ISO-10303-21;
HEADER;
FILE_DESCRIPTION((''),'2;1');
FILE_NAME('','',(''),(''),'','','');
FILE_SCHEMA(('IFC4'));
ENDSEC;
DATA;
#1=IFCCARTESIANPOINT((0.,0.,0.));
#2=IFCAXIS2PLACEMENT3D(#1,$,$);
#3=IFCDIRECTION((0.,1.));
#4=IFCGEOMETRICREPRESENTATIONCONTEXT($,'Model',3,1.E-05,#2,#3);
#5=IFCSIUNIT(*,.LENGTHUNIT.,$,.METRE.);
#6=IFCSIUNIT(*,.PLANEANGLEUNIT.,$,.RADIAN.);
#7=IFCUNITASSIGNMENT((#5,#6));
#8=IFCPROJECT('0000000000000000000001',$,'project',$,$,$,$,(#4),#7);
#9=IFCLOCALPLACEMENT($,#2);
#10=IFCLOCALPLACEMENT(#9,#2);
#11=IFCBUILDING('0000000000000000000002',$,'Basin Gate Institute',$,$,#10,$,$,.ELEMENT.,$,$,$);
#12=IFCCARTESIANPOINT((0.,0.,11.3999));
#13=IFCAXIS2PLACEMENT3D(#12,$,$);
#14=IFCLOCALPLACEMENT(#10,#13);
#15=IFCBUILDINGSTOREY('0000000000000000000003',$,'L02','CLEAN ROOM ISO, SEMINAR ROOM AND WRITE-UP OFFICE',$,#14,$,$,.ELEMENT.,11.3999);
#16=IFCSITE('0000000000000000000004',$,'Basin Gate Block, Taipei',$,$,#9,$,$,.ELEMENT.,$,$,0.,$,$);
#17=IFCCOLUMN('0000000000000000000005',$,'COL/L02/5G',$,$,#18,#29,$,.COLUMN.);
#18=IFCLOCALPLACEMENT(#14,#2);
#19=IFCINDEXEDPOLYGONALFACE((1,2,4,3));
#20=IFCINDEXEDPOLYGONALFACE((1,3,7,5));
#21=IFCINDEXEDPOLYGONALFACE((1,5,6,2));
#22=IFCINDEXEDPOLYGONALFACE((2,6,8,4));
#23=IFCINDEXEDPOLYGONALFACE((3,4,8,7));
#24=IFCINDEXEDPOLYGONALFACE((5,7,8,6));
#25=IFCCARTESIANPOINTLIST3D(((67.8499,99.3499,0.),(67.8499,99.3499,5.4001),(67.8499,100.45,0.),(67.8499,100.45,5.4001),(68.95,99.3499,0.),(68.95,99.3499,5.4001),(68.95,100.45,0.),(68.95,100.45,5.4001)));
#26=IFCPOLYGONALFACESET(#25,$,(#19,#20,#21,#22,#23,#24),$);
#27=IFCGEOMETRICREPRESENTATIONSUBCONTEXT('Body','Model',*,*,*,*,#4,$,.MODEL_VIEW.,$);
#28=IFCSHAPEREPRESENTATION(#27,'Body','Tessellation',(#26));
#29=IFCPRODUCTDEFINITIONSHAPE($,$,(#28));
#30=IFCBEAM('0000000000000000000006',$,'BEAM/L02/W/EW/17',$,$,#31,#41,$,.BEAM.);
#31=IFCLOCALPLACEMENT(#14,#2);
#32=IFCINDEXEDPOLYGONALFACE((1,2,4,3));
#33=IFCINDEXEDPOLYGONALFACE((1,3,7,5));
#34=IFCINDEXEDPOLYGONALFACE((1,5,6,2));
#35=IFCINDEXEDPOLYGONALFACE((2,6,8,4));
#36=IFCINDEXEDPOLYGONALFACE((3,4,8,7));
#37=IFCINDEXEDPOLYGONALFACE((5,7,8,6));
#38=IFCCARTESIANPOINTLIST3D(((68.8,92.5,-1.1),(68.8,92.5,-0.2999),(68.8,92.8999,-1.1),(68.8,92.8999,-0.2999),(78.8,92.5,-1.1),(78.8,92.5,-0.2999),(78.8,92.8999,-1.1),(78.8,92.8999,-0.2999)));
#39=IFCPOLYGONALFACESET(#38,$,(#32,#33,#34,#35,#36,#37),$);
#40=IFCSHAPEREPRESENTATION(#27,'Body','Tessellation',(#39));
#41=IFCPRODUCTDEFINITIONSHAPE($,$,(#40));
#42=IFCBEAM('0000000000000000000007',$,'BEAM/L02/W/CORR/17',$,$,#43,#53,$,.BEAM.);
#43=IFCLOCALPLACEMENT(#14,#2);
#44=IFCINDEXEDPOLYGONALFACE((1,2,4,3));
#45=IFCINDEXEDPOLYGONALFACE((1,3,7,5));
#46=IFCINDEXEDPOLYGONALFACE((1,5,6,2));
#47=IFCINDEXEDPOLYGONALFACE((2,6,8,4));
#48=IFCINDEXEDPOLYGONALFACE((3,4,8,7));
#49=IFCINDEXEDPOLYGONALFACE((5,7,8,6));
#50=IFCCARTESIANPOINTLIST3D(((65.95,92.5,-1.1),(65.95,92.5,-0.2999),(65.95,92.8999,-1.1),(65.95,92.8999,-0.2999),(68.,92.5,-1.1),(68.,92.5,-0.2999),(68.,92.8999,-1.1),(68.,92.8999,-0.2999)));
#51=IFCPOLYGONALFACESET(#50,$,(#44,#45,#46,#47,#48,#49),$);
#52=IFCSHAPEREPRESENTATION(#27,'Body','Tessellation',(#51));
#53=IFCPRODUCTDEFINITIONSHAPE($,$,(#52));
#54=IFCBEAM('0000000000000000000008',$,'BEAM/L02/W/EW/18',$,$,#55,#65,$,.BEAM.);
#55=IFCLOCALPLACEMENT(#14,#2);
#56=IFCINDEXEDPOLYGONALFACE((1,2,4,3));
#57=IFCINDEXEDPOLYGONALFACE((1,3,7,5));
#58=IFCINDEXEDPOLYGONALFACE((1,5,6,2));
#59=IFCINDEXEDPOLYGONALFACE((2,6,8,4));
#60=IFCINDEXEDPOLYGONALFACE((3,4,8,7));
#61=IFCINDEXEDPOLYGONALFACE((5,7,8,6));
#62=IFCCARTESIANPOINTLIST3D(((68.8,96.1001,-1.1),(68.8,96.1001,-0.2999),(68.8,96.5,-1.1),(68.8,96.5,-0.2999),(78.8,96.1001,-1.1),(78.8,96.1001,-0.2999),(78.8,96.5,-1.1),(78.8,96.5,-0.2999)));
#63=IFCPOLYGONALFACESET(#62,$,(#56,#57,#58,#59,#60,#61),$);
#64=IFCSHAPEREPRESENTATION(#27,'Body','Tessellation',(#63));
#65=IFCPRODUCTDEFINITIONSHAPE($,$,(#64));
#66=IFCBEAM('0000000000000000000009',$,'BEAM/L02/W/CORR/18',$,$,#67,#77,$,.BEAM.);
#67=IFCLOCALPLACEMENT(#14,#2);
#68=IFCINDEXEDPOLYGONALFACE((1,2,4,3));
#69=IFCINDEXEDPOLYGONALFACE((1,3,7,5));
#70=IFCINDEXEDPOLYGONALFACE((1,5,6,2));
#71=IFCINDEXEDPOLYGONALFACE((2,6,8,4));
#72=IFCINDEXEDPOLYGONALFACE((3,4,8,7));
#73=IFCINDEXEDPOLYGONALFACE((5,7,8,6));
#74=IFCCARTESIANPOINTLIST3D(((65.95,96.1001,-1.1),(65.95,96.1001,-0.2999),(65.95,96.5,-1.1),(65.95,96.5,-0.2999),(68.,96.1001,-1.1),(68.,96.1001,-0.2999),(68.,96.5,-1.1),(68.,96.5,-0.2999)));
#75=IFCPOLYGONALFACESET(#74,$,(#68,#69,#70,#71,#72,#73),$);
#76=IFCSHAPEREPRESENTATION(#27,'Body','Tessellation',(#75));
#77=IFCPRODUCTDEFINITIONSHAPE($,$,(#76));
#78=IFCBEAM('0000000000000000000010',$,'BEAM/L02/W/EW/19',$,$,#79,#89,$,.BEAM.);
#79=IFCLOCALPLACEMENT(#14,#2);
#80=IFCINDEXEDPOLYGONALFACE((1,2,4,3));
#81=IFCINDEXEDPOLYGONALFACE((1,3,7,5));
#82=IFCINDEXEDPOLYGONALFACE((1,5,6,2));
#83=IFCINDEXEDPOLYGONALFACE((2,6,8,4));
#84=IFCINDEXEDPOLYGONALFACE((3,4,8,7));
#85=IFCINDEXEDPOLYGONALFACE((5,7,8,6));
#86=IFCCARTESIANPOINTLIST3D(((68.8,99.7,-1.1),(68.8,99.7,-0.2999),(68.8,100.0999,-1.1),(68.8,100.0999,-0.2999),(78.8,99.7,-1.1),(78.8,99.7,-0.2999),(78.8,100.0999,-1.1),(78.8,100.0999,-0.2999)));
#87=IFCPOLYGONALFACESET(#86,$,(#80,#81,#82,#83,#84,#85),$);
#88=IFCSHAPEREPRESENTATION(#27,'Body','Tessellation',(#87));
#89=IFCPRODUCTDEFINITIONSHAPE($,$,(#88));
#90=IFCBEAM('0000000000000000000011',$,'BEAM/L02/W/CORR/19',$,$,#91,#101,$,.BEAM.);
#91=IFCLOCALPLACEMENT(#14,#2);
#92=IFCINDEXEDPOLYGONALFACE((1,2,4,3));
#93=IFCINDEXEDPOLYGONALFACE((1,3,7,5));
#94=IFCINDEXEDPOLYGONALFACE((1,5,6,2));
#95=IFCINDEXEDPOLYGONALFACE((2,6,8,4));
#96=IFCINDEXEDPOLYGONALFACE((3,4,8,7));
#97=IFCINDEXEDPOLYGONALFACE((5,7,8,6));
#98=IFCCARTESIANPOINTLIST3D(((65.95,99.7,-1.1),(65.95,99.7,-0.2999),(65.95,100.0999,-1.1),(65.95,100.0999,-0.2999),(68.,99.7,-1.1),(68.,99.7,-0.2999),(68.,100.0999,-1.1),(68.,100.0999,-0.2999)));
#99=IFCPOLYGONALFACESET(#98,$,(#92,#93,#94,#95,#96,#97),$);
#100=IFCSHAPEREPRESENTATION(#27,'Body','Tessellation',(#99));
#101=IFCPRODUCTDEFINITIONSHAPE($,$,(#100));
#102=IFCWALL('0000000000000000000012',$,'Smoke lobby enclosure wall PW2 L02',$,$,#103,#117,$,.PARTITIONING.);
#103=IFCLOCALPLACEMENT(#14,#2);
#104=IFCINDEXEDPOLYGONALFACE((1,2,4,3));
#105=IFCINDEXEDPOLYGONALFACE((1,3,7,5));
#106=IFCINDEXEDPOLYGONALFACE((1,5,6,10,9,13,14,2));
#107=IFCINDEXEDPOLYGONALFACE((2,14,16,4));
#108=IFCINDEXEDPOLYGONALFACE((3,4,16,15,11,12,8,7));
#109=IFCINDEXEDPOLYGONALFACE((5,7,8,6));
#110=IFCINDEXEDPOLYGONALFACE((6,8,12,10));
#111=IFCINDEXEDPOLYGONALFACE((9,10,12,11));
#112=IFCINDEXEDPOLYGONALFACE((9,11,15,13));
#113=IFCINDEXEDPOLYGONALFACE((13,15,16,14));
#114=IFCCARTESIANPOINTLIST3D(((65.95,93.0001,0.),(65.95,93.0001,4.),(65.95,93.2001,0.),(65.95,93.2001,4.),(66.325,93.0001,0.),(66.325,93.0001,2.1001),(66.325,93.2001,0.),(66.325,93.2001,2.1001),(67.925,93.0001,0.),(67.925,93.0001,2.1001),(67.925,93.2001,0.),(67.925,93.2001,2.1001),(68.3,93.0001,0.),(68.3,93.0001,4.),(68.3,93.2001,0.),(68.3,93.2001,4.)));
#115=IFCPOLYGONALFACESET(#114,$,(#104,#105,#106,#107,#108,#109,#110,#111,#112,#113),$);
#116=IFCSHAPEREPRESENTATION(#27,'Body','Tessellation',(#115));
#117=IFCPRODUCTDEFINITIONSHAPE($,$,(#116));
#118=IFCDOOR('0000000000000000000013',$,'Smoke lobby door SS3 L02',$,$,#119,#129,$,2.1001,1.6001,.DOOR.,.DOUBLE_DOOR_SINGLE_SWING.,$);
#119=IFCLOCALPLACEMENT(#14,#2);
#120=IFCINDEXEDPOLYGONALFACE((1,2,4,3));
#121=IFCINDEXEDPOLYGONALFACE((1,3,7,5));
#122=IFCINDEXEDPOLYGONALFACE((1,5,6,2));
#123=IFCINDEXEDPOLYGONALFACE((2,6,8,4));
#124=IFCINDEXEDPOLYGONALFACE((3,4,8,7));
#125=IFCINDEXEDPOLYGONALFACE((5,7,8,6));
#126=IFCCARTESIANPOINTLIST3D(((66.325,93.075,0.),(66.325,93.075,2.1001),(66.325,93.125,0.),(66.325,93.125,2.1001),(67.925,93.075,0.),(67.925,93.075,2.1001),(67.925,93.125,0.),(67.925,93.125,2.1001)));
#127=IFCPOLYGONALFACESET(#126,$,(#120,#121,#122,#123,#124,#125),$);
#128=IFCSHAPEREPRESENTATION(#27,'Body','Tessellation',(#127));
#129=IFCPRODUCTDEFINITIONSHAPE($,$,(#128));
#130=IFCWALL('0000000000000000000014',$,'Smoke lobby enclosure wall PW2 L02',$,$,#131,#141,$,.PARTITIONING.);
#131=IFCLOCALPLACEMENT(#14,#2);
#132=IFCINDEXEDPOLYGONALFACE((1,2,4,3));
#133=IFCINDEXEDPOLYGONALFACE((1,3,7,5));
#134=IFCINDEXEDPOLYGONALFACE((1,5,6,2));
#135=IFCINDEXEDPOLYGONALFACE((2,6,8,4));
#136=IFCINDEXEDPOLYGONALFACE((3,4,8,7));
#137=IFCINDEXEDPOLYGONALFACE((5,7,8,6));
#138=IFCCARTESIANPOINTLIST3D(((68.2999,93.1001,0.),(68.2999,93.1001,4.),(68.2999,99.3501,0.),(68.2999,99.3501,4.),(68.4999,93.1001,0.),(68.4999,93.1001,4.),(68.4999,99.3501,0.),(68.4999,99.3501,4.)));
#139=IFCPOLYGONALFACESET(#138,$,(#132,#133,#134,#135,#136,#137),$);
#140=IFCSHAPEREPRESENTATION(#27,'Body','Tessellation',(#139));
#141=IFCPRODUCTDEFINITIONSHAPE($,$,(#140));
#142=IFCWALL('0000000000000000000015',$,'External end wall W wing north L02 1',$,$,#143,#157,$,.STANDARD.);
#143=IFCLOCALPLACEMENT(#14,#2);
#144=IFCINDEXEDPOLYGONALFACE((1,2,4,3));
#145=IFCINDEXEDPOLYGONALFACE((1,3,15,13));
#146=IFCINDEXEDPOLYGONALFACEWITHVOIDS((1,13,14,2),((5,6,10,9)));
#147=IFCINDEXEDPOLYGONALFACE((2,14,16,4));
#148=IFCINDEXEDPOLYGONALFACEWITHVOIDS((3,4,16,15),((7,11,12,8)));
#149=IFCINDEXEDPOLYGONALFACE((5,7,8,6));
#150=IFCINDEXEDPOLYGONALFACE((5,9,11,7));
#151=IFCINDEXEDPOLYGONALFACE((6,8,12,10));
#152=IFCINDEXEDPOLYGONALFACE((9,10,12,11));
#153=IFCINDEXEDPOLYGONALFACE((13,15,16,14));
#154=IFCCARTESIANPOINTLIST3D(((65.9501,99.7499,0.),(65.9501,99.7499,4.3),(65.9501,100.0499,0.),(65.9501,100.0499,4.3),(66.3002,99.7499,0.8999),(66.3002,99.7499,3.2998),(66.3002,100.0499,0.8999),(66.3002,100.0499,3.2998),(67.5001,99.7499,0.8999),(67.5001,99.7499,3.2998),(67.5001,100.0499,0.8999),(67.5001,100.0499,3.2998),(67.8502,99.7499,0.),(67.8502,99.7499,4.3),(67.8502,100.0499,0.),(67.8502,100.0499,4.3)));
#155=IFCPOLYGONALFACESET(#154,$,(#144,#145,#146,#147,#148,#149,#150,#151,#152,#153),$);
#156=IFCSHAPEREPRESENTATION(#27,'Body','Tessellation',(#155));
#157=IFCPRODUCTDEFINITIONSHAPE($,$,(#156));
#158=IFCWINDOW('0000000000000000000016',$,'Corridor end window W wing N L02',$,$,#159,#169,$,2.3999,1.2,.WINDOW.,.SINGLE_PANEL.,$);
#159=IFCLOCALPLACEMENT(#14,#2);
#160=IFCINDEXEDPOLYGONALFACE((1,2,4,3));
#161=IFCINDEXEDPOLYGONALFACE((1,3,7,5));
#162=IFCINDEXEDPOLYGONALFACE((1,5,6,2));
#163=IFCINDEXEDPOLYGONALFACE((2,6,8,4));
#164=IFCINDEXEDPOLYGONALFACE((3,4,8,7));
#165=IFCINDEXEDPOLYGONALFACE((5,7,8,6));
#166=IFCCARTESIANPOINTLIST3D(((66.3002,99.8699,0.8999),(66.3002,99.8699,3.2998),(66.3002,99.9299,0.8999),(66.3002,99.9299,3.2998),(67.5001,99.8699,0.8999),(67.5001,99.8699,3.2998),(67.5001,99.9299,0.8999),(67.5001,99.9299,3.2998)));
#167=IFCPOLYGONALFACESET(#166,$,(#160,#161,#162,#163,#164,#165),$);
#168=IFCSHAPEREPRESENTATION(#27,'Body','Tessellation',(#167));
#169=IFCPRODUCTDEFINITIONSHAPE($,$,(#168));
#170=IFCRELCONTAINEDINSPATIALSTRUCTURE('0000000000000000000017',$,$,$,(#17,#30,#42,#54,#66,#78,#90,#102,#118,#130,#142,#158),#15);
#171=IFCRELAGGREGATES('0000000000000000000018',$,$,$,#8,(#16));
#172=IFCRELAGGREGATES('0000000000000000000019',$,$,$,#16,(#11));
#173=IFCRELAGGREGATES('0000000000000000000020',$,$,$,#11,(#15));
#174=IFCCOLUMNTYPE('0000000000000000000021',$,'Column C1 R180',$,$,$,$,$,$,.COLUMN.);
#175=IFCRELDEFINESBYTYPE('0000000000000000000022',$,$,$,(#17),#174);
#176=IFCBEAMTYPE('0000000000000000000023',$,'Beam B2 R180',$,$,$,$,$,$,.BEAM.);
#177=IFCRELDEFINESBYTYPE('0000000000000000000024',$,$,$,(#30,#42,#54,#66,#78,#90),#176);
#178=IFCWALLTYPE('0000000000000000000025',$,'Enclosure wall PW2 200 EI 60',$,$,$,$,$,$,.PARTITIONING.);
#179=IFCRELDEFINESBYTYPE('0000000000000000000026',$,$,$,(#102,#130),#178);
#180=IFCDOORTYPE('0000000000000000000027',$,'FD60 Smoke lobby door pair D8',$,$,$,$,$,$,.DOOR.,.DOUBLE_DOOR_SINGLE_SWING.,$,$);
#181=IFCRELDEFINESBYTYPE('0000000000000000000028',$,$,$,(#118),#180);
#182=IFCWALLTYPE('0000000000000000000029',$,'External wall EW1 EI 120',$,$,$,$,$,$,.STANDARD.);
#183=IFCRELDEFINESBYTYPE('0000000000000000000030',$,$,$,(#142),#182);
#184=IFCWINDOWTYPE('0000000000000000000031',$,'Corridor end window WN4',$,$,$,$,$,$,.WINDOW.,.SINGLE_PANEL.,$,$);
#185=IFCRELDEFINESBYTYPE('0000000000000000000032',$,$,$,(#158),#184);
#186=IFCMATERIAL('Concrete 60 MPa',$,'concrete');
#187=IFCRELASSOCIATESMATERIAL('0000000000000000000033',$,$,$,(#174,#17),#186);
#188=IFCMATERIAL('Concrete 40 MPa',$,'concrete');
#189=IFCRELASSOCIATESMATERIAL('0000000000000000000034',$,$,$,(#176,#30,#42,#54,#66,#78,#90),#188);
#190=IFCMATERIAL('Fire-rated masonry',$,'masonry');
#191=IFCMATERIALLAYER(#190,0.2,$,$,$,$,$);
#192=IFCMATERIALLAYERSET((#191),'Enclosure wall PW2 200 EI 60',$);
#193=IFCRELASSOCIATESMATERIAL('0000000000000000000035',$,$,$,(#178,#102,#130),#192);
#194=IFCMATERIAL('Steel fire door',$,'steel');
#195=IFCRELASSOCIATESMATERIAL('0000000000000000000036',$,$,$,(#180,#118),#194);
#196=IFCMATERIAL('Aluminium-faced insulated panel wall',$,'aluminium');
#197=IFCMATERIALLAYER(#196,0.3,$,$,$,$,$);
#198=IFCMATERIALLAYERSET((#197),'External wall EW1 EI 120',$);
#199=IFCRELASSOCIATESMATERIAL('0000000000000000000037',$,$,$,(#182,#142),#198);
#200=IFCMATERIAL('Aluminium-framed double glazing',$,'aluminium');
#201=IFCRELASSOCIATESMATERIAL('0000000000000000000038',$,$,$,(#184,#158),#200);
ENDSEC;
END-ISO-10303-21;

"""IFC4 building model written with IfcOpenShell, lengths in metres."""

from ifc_helpers import new_model, si_unit, direction, frame, frame_2d, origin, origin_2d, place, context, subcontext, project, spatial, rectangle, extrude, material, layer, layer_set, material_profile, profile_set, type_object, element, fill, save


model = new_model("IFC4")

# Units and contexts
model_context = context("Model", 3, precision=1e-05, world=origin(), true_north=direction((0.0, 1.0)))
body_context = subcontext(model_context, "Body", "Model", "MODEL_VIEW")
ifc_project = project(units=[si_unit("LENGTHUNIT", "METRE"), si_unit("PLANEANGLEUNIT", "RADIAN")], contexts=[model_context])

# Site, building, storey
site_placement = place(None, origin())
site = spatial("IfcSite", under=ifc_project, at=site_placement, Name="Basin Gate Block, Taipei", CompositionType="ELEMENT", RefElevation=0.0)
building_placement = place(site_placement, origin())
building = spatial("IfcBuilding", under=site, at=building_placement, Name="Basin Gate Institute", CompositionType="ELEMENT")
storey_placement = place(building_placement, frame((0.0, 0.0, 11.3999)))
storey = spatial("IfcBuildingStorey", under=building, at=storey_placement, Name="L02", Description="CLEAN ROOM ISO, SEMINAR ROOM AND WRITE-UP OFFICE", CompositionType="ELEMENT", Elevation=11.3999)

# Column
ifc_material_1 = material(Name="Concrete 60 MPa", Category="concrete")
ifc_material_profile_1 = material_profile(ifc_material_1, rectangle(XDim=1.1001, YDim=1.1001, at=origin_2d()), Name="Column C1 1100 x 1100")
ifc_profile_set_1 = profile_set([ifc_material_profile_1], Name="Concrete 60 MPa")
column_type = type_object("IfcColumnType", Name="Column C1 R180", PredefinedType="COLUMN", material=ifc_profile_set_1)
column_placement = place(storey_placement, frame((68.3999, 99.8999, 0.0), z_axis=(0.0, 0.0, 1.0), x_axis=(1.0, 0.0, 0.0)))
element("IfcColumn", 1, at=column_placement, inside=storey, type_object=column_type, material=ifc_profile_set_1, Name="COL/L02/5G", PredefinedType="COLUMN", context=body_context, shape_type="SweptSolid", body=[
    extrude(rectangle(XDim=1.1001, YDim=1.1001, at=origin_2d()), origin(), (0.0, 0.0, 1.0), 5.4001),
])

# Beams
ifc_material_2 = material(Name="Concrete 40 MPa", Category="concrete")
ifc_material_profile_2 = material_profile(ifc_material_2, rectangle(XDim=0.3999, YDim=0.8, at=origin_2d()), Name="Beam B2 400 x 800")
ifc_profile_set_2 = profile_set([ifc_material_profile_2], Name="Concrete 40 MPa")
beam_type = type_object("IfcBeamType", Name="Beam B2 R180", PredefinedType="BEAM", material=ifc_profile_set_2)
beam_1_placement = place(storey_placement, frame((68.8, 92.7, -0.7), z_axis=(1.0, 0.0, 0.0), x_axis=(0.0, 1.0, 0.0)))
element("IfcBeam", 2, at=beam_1_placement, inside=storey, type_object=beam_type, material=ifc_profile_set_2, Name="BEAM/L02/W/EW/17", PredefinedType="BEAM", context=body_context, shape_type="SweptSolid", body=[
    extrude(rectangle(XDim=0.3999, YDim=0.8, at=origin_2d()), origin(), (0.0, 0.0, 1.0), 10.0),
])
beam_2_placement = place(storey_placement, frame((65.95, 92.7, -0.7), z_axis=(1.0, 0.0, 0.0), x_axis=(0.0, 1.0, 0.0)))
element("IfcBeam", 3, at=beam_2_placement, inside=storey, type_object=beam_type, material=ifc_profile_set_2, Name="BEAM/L02/W/CORR/17", PredefinedType="BEAM", context=body_context, shape_type="SweptSolid", body=[
    extrude(rectangle(XDim=0.3999, YDim=0.8, at=origin_2d()), origin(), (0.0, 0.0, 1.0), 2.05),
])
beam_3_placement = place(storey_placement, frame((68.8, 96.3, -0.7), z_axis=(1.0, 0.0, 0.0), x_axis=(0.0, 1.0, 0.0)))
element("IfcBeam", 4, at=beam_3_placement, inside=storey, type_object=beam_type, material=ifc_profile_set_2, Name="BEAM/L02/W/EW/18", PredefinedType="BEAM", context=body_context, shape_type="SweptSolid", body=[
    extrude(rectangle(XDim=0.3999, YDim=0.8, at=origin_2d()), origin(), (0.0, 0.0, 1.0), 10.0),
])
beam_4_placement = place(storey_placement, frame((65.95, 96.3, -0.7), z_axis=(1.0, 0.0, 0.0), x_axis=(0.0, 1.0, 0.0)))
element("IfcBeam", 5, at=beam_4_placement, inside=storey, type_object=beam_type, material=ifc_profile_set_2, Name="BEAM/L02/W/CORR/18", PredefinedType="BEAM", context=body_context, shape_type="SweptSolid", body=[
    extrude(rectangle(XDim=0.3999, YDim=0.8, at=origin_2d()), origin(), (0.0, 0.0, 1.0), 2.05),
])
beam_5_placement = place(storey_placement, frame((68.8, 99.8999, -0.7), z_axis=(1.0, 0.0, 0.0), x_axis=(0.0, 1.0, 0.0)))
element("IfcBeam", 6, at=beam_5_placement, inside=storey, type_object=beam_type, material=ifc_profile_set_2, Name="BEAM/L02/W/EW/19", PredefinedType="BEAM", context=body_context, shape_type="SweptSolid", body=[
    extrude(rectangle(XDim=0.3999, YDim=0.8, at=origin_2d()), origin(), (0.0, 0.0, 1.0), 10.0),
])
beam_6_placement = place(storey_placement, frame((65.95, 99.8999, -0.7), z_axis=(1.0, 0.0, 0.0), x_axis=(0.0, 1.0, 0.0)))
element("IfcBeam", 7, at=beam_6_placement, inside=storey, type_object=beam_type, material=ifc_profile_set_2, Name="BEAM/L02/W/CORR/19", PredefinedType="BEAM", context=body_context, shape_type="SweptSolid", body=[
    extrude(rectangle(XDim=0.3999, YDim=0.8, at=origin_2d()), origin(), (0.0, 0.0, 1.0), 2.05),
])

# Wall, opening, door
ifc_material_3 = material(Name="Fire-rated masonry", Category="masonry")
ifc_layer_1 = layer(ifc_material_3, 0.2)
ifc_layer_set_1 = layer_set([ifc_layer_1], Name="Enclosure wall PW2 200 EI 60")
wall_type_1 = type_object("IfcWallType", Name="Enclosure wall PW2 200 EI 60", PredefinedType="PARTITIONING", material=ifc_layer_set_1)
wall_1_placement = place(storey_placement, frame((65.95, 93.1001, 0.0), z_axis=(0.0, 0.0, 1.0), x_axis=(1.0, 0.0, 0.0)))
wall_1 = element("IfcWall", 8, at=wall_1_placement, inside=storey, type_object=wall_type_1, material=ifc_layer_set_1, Name="Smoke lobby enclosure wall PW2 L02", PredefinedType="PARTITIONING", context=body_context, shape_type="SweptSolid", body=[
    extrude(rectangle(XDim=2.3501, YDim=0.2, at=frame_2d((1.175, 0.0))), origin(), (0.0, 0.0, 1.0), 4.0),
])
opening_1_placement = place(wall_1_placement, frame((0.375, 0.0, 0.0)))
opening_1 = element("IfcOpeningElement", 9, at=opening_1_placement, cuts=wall_1, PredefinedType="OPENING", context=body_context, shape_type="SweptSolid", body=[
    extrude(rectangle(XDim=1.6001, YDim=2.1001, at=frame_2d((0.8, 1.05))), frame((0.0, 0.1099, 0.0), z_axis=(0.0, -1.0, 0.0), x_axis=(1.0, 0.0, 0.0)), (0.0, 0.0, 1.0), 0.22),
])
ifc_material_4 = material(Name="Steel fire door", Category="steel")
door_type_1 = type_object("IfcDoorType", Name="FD60 Smoke lobby door pair D8", OperationType="DOUBLE_DOOR_SINGLE_SWING", PredefinedType="DOOR", material=ifc_material_4)
door_1_placement = place(opening_1_placement, origin())
door_1 = element("IfcDoor", 10, at=door_1_placement, inside=storey, type_object=door_type_1, material=ifc_material_4, Name="Smoke lobby door SS3 L02", OperationType="DOUBLE_DOOR_SINGLE_SWING", OverallHeight=2.1001, OverallWidth=1.6001, PredefinedType="DOOR", context=body_context, shape_type="SweptSolid", body=[
    extrude(rectangle(XDim=1.6001, YDim=2.1001, at=frame_2d((0.8, 1.05))), frame((0.0, 0.0249, 0.0), z_axis=(0.0, -1.0, 0.0), x_axis=(1.0, 0.0, 0.0)), (0.0, 0.0, 1.0), 0.05),
])
fill(opening_1, door_1)

# Wall
wall_2_placement = place(storey_placement, frame((68.3999, 93.1001, 0.0), z_axis=(0.0, 0.0, 1.0), x_axis=(0.0, 1.0, 0.0)))
element("IfcWall", 11, at=wall_2_placement, inside=storey, type_object=wall_type_1, material=ifc_layer_set_1, Name="Smoke lobby enclosure wall PW2 L02", PredefinedType="PARTITIONING", context=body_context, shape_type="SweptSolid", body=[
    extrude(rectangle(XDim=6.25, YDim=0.2, at=frame_2d((3.125, 0.0))), origin(), (0.0, 0.0, 1.0), 4.0),
])

# Wall, opening, window
ifc_material_5 = material(Name="Aluminium-faced insulated panel wall", Category="aluminium")
ifc_layer_2 = layer(ifc_material_5, 0.3)
ifc_layer_set_2 = layer_set([ifc_layer_2], Name="External wall EW1 EI 120")
wall_type_2 = type_object("IfcWallType", Name="External wall EW1 EI 120", PredefinedType="STANDARD", material=ifc_layer_set_2)
wall_3_placement = place(storey_placement, frame((65.95, 99.8999, 0.0), z_axis=(0.0, 0.0, 1.0), x_axis=(1.0, 0.0, 0.0)))
wall_3 = element("IfcWall", 12, at=wall_3_placement, inside=storey, type_object=wall_type_2, material=ifc_layer_set_2, Name="External end wall W wing north L02 1", PredefinedType="STANDARD", context=body_context, shape_type="SweptSolid", body=[
    extrude(rectangle(XDim=1.9001, YDim=0.3, at=frame_2d((0.9502, 0.0))), origin(), (0.0, 0.0, 1.0), 4.3),
])
opening_2_placement = place(wall_3_placement, frame((0.3501, 0.0, 0.8999)))
opening_2 = element("IfcOpeningElement", 13, at=opening_2_placement, cuts=wall_3, PredefinedType="OPENING", context=body_context, shape_type="SweptSolid", body=[
    extrude(rectangle(XDim=1.2, YDim=2.3999, at=frame_2d((0.6001, 1.2))), frame((0.0, 0.1602, 0.0), z_axis=(0.0, -1.0, 0.0), x_axis=(1.0, 0.0, 0.0)), (0.0, 0.0, 1.0), 0.3201),
])
ifc_material_6 = material(Name="Aluminium-framed double glazing", Category="aluminium")
window_type_1 = type_object("IfcWindowType", Name="Corridor end window WN4", PartitioningType="SINGLE_PANEL", PredefinedType="WINDOW", material=ifc_material_6)
window_1_placement = place(opening_2_placement, origin())
window_1 = element("IfcWindow", 14, at=window_1_placement, inside=storey, type_object=window_type_1, material=ifc_material_6, Name="Corridor end window W wing N L02", OverallHeight=2.3999, OverallWidth=1.2, PartitioningType="SINGLE_PANEL", PredefinedType="WINDOW", context=body_context, shape_type="SweptSolid", body=[
    extrude(rectangle(XDim=1.2, YDim=2.3999, at=frame_2d((0.6001, 1.2))), frame((0.0, 0.03, 0.0), z_axis=(0.0, -1.0, 0.0), x_axis=(1.0, 0.0, 0.0)), (0.0, 0.0, 1.0), 0.0601),
])
fill(opening_2, window_1)

save(model, "model.ifc")
